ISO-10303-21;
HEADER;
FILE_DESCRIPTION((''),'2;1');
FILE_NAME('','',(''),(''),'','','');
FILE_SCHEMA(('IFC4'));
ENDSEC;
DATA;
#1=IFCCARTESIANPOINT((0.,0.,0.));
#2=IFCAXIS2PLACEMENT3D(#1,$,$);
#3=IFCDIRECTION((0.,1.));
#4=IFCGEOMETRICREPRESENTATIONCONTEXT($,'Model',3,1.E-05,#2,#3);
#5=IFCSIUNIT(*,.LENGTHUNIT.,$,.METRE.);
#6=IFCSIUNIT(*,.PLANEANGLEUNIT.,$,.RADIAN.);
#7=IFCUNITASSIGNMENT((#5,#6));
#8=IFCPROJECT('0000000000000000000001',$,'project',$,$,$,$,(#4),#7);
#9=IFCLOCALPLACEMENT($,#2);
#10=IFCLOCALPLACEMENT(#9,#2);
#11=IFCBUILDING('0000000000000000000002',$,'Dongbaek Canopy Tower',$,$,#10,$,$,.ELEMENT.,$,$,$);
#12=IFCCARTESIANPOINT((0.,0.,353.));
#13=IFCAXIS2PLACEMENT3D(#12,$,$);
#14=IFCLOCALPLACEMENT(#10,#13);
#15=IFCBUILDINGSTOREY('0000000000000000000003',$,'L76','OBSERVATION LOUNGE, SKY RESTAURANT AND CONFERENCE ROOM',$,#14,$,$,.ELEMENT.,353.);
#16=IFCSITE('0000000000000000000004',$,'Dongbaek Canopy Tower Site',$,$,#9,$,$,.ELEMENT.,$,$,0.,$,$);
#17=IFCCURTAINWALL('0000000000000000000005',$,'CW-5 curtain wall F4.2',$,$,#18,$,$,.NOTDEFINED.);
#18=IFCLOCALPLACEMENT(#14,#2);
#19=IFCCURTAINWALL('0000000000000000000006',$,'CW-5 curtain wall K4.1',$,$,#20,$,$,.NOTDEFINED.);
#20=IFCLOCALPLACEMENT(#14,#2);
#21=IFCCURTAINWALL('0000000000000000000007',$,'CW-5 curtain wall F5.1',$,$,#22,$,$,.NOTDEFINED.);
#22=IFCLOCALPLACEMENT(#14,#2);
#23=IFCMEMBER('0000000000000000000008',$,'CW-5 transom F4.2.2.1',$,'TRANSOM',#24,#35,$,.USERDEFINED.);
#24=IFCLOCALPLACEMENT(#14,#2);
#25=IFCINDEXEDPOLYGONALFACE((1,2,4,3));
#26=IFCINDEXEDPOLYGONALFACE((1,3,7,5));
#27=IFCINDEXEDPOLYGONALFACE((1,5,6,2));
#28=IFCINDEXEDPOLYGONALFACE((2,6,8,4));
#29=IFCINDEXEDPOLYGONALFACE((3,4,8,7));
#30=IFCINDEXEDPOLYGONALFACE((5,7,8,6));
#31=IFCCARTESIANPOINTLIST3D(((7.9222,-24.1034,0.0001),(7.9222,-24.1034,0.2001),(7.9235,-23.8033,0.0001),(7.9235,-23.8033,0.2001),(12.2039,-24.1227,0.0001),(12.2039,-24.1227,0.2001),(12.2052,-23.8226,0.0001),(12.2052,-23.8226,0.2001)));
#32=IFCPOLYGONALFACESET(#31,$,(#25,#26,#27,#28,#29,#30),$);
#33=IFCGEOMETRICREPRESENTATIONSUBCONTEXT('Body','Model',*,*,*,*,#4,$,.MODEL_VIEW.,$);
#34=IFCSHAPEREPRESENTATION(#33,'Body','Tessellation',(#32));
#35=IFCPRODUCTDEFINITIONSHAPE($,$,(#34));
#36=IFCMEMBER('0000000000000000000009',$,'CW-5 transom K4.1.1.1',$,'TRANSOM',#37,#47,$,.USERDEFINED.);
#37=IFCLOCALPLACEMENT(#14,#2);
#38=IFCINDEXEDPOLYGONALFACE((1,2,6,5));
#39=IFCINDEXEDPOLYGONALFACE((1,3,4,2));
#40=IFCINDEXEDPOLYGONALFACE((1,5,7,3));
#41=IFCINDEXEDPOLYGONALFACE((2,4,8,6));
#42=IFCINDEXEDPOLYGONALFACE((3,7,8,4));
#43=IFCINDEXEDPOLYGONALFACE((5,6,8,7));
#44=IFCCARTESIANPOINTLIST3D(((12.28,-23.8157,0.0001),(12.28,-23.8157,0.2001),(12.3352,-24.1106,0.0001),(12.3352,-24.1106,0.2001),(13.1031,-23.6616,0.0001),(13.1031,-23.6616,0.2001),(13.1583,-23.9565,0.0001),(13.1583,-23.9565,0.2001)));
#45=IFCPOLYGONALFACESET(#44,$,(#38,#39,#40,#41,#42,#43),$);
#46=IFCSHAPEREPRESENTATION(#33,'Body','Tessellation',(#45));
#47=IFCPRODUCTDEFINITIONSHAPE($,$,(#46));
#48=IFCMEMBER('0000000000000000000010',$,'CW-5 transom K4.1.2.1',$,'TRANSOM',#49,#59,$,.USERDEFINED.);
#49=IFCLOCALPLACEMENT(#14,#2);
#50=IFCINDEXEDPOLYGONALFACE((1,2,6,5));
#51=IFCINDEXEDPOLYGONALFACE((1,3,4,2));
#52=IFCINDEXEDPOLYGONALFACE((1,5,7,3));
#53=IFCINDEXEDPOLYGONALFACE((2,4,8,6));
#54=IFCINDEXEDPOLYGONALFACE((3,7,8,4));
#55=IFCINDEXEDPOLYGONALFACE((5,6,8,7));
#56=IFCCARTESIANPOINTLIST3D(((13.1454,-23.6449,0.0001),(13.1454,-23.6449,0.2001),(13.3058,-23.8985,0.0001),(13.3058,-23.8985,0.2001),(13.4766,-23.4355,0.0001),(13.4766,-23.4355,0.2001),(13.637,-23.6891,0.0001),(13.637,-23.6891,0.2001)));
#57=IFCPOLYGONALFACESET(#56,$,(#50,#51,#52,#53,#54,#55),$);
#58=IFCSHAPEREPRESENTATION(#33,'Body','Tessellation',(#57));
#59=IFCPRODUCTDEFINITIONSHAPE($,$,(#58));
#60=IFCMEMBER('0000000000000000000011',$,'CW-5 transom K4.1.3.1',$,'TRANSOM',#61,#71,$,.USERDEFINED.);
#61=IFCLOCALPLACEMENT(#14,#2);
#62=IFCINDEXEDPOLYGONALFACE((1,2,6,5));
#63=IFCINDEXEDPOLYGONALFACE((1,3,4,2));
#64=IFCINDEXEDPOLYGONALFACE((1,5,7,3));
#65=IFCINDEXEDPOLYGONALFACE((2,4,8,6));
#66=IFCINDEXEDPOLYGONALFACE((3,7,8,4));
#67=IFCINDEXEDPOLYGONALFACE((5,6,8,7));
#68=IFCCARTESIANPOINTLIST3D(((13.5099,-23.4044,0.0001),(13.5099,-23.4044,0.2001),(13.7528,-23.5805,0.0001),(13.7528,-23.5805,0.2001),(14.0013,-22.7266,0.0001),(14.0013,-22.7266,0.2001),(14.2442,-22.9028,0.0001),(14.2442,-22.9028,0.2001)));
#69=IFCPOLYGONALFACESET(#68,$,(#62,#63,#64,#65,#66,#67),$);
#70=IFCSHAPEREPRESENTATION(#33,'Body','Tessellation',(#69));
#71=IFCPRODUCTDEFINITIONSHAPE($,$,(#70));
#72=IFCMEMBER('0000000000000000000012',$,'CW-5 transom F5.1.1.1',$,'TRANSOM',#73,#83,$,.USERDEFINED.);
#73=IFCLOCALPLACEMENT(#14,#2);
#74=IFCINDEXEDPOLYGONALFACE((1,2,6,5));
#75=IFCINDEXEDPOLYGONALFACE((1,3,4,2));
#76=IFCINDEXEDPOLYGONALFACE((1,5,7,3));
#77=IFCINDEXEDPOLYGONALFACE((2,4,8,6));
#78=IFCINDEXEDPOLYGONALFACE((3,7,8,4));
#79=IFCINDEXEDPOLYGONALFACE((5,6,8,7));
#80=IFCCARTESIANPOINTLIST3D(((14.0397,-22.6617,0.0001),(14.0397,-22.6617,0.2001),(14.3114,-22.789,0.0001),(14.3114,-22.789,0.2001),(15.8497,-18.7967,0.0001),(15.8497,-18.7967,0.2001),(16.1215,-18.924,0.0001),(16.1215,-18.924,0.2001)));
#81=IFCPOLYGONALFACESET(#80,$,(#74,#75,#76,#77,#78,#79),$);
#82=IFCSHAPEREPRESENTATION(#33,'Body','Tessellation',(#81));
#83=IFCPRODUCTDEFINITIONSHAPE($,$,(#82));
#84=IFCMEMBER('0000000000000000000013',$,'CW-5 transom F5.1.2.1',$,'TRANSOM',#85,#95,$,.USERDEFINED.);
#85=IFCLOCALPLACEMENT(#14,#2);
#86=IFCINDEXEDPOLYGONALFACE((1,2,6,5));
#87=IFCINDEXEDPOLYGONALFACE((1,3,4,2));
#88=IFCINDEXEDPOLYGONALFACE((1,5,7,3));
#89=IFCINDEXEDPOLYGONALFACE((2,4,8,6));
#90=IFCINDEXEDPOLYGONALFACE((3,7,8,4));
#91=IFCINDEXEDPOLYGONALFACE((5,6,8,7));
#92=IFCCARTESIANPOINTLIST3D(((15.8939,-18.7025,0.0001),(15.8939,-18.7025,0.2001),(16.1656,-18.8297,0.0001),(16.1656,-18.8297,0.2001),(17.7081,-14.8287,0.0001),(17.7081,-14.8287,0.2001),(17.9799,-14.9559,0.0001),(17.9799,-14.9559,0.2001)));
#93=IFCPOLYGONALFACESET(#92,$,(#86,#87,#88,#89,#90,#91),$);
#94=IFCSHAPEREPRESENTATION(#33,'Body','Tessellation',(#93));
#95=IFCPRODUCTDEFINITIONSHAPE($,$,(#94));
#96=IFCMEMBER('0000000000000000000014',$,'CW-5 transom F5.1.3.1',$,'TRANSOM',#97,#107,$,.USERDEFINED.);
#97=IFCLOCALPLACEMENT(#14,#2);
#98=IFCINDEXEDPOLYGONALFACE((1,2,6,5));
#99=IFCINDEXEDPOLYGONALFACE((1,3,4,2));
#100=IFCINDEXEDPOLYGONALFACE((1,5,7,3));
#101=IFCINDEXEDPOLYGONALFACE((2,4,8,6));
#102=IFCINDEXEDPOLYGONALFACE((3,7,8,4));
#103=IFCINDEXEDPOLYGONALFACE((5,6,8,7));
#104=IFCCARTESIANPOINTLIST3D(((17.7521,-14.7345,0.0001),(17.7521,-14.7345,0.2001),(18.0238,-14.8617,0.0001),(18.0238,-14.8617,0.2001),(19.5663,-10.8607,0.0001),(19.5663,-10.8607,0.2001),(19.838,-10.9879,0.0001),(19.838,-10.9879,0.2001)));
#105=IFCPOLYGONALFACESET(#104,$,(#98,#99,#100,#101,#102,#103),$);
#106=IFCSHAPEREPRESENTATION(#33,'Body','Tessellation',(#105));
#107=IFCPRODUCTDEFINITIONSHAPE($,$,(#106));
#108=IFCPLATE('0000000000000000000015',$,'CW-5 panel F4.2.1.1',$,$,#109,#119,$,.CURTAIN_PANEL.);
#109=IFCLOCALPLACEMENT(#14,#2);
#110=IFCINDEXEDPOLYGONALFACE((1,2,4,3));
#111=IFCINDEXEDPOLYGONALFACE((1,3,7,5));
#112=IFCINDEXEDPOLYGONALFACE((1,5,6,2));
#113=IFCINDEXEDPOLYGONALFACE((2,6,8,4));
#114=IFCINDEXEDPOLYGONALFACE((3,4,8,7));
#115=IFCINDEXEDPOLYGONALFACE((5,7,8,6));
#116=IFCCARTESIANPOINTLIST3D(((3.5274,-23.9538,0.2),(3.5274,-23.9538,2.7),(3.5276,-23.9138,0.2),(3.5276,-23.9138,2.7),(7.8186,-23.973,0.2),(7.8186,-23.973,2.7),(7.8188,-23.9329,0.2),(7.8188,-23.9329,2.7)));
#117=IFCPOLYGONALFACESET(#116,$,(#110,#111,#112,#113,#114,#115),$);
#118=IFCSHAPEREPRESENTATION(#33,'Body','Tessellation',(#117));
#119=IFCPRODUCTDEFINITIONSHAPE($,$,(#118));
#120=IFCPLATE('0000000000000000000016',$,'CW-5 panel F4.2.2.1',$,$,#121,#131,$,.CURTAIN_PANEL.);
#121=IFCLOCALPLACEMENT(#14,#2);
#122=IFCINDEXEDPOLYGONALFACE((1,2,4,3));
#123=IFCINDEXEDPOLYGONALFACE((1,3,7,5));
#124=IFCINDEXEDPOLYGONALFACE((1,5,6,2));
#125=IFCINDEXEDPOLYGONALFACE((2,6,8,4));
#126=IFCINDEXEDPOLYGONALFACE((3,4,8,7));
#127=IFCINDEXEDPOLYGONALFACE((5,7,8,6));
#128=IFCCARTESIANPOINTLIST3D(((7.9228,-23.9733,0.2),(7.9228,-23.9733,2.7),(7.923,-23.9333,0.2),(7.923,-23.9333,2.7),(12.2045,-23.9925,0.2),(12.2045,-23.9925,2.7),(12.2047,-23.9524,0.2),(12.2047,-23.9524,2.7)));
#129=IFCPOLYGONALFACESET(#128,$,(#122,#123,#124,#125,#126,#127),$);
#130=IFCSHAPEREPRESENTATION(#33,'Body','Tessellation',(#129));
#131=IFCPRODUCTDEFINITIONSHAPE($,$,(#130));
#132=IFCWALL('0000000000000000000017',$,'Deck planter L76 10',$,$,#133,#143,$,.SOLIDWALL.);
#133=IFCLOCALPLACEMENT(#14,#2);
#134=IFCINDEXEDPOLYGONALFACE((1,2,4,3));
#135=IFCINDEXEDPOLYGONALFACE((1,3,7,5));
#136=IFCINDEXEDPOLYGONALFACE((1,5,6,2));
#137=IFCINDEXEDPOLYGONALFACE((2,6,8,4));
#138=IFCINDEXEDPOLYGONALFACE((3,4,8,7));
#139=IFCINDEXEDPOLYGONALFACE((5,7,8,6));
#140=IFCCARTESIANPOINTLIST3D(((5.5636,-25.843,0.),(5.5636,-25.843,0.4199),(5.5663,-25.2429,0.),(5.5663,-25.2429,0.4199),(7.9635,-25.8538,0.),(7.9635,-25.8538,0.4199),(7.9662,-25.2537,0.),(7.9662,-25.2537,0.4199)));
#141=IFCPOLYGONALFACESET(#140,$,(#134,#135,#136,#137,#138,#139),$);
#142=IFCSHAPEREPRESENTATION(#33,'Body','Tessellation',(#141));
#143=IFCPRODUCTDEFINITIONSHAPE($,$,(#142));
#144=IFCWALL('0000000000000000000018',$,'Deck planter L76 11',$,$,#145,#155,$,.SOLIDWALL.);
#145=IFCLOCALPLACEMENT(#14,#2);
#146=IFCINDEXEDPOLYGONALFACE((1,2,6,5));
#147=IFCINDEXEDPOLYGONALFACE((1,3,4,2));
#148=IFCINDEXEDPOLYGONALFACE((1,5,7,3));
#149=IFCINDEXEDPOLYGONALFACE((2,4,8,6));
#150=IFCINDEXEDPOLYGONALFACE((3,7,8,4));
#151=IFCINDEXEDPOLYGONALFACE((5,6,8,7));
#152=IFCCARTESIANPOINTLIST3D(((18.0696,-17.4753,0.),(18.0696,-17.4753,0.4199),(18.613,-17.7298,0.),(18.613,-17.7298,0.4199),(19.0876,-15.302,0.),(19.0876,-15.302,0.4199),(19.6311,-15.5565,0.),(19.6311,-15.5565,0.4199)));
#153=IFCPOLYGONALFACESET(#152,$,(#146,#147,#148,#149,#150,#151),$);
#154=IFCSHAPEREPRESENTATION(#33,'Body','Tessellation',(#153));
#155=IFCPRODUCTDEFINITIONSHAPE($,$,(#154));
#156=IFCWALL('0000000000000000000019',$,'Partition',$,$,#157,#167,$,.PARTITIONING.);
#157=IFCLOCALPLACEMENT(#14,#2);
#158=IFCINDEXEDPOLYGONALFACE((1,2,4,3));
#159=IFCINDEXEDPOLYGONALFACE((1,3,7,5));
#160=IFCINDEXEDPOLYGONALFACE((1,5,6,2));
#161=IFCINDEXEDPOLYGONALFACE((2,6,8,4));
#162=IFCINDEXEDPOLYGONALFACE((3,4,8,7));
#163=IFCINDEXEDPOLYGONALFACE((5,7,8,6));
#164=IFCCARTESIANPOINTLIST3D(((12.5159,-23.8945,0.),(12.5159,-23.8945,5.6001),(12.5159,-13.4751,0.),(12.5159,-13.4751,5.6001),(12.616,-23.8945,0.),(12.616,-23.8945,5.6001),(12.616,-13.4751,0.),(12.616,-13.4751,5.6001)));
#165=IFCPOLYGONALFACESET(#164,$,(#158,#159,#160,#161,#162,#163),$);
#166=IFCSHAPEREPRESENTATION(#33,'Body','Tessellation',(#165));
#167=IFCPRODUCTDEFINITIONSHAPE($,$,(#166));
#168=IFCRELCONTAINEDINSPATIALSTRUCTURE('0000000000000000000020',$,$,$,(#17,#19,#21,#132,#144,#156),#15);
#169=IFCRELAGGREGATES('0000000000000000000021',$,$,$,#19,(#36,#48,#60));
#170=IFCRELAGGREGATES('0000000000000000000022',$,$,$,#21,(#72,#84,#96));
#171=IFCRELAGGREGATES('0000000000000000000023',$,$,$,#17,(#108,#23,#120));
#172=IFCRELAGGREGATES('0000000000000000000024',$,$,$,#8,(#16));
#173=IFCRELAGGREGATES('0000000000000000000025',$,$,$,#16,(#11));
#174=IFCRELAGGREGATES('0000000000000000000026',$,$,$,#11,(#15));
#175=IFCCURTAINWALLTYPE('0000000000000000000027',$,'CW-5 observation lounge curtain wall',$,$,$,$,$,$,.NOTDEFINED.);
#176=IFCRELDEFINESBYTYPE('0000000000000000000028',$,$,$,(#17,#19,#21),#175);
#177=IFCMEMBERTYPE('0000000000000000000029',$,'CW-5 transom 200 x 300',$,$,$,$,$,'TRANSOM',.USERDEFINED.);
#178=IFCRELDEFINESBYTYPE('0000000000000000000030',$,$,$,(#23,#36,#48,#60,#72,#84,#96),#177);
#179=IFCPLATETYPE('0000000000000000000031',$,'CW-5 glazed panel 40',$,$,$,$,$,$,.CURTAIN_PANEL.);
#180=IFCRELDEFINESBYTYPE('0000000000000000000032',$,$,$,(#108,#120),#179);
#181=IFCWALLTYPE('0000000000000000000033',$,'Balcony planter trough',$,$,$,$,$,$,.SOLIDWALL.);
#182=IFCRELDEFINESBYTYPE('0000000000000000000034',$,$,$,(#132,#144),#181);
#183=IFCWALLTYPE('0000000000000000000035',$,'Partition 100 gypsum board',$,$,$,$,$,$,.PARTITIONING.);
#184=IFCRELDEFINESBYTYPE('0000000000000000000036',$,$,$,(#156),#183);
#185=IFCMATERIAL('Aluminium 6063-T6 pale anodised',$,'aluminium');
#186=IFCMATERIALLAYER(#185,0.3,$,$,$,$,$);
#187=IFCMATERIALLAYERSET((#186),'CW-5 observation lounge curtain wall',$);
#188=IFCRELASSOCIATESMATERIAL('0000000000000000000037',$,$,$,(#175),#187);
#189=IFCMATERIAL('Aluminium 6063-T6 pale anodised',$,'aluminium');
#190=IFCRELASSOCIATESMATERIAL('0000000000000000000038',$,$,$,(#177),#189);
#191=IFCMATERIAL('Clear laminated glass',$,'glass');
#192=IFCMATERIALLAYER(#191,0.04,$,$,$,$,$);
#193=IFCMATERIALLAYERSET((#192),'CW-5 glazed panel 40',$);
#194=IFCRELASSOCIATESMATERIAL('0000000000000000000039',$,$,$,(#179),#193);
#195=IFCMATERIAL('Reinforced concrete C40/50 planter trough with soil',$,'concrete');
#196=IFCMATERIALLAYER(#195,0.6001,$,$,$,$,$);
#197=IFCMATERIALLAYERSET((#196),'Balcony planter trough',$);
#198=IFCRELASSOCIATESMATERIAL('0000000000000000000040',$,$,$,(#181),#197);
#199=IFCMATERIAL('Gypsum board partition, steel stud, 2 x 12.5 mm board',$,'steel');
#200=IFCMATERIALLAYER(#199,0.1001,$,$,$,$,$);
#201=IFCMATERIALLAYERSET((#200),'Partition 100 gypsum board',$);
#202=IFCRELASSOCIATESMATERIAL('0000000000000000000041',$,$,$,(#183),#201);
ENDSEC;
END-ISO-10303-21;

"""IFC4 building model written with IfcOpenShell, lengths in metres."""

from ifc_helpers import new_model, si_unit, direction, frame, frame_2d, origin, origin_2d, place, context, subcontext, project, spatial, rectangle, extrude, material, layer, layer_set, material_profile, profile_set, type_object, element, aggregate, save


model = new_model("IFC4")

# Units and contexts
model_context = context("Model", 3, precision=1e-05, world=origin(), true_north=direction((0.0, 1.0)))
body_context = subcontext(model_context, "Body", "Model", "MODEL_VIEW")
ifc_project = project(units=[si_unit("LENGTHUNIT", "METRE"), si_unit("PLANEANGLEUNIT", "RADIAN")], contexts=[model_context])

# Site, building, storey
site_placement = place(None, origin())
site = spatial("IfcSite", under=ifc_project, at=site_placement, Name="Dongbaek Canopy Tower Site", CompositionType="ELEMENT", RefElevation=0.0)
building_placement = place(site_placement, origin())
building = spatial("IfcBuilding", under=site, at=building_placement, Name="Dongbaek Canopy Tower", CompositionType="ELEMENT")
storey_placement = place(building_placement, frame((0.0, 0.0, 353.0)))
storey = spatial("IfcBuildingStorey", under=building, at=storey_placement, Name="L76", Description="OBSERVATION LOUNGE, SKY RESTAURANT AND CONFERENCE ROOM", CompositionType="ELEMENT", Elevation=353.0)

# Curtain walls
ifc_material_1 = material(Name="Aluminium 6063-T6 pale anodised", Category="aluminium")
ifc_layer_1 = layer(ifc_material_1, 0.3)
ifc_layer_set_1 = layer_set([ifc_layer_1], Name="CW-5 observation lounge curtain wall")
curtain_wall_type = type_object("IfcCurtainWallType", Name="CW-5 observation lounge curtain wall", PredefinedType="NOTDEFINED", material=ifc_layer_set_1)
curtain_wall_1_placement = place(storey_placement, origin())
curtain_wall_1 = element("IfcCurtainWall", 1, at=curtain_wall_1_placement, inside=storey, type_object=curtain_wall_type, Name="CW-5 curtain wall F4.2", PredefinedType="NOTDEFINED")
curtain_wall_2_placement = place(storey_placement, origin())
curtain_wall_2 = element("IfcCurtainWall", 2, at=curtain_wall_2_placement, inside=storey, type_object=curtain_wall_type, Name="CW-5 curtain wall K4.1", PredefinedType="NOTDEFINED")
curtain_wall_3_placement = place(storey_placement, origin())
curtain_wall_3 = element("IfcCurtainWall", 3, at=curtain_wall_3_placement, inside=storey, type_object=curtain_wall_type, Name="CW-5 curtain wall F5.1", PredefinedType="NOTDEFINED")

# Members
ifc_material_2 = material(Name="Aluminium 6063-T6 pale anodised", Category="aluminium")
ifc_material_profile_1 = material_profile(ifc_material_2, rectangle(XDim=0.3, YDim=0.2, at=origin_2d()), Name="CW-5 transom 200 x 300")
ifc_profile_set_1 = profile_set([ifc_material_profile_1], Name="Aluminium 6063-T6 pale anodised")
member_type_1 = type_object("IfcMemberType", Name="CW-5 transom 200 x 300", ElementType="TRANSOM", PredefinedType="USERDEFINED", material=ifc_profile_set_1)
member_1_placement = place(storey_placement, frame((7.9229, -23.9534, 0.1001), z_axis=(0.99999, -0.004504, 0.0), x_axis=(0.004504, 0.99999, 0.0)))
member_1 = element("IfcMember", 4, at=member_1_placement, type_object=member_type_1, Name="CW-5 transom F4.2.2.1", ObjectType="TRANSOM", PredefinedType="USERDEFINED", context=body_context, shape_type="SweptSolid", body=[
    extrude(rectangle(XDim=0.3, YDim=0.2, at=origin_2d()), origin(), (0.0, 0.0, 1.0), 4.2817),
])
member_2_placement = place(storey_placement, frame((12.3076, -23.9631, 0.1001), z_axis=(0.982928, 0.183989, 0.0), x_axis=(-0.183989, 0.982928, 0.0)))
member_2 = element("IfcMember", 5, at=member_2_placement, type_object=member_type_1, Name="CW-5 transom K4.1.1.1", ObjectType="TRANSOM", PredefinedType="USERDEFINED", context=body_context, shape_type="SweptSolid", body=[
    extrude(rectangle(XDim=0.3, YDim=0.2, at=origin_2d()), origin(), (0.0, 0.0, 1.0), 0.8374),
])
member_3_placement = place(storey_placement, frame((13.2256, -23.7717, 0.1001), z_axis=(0.845222, 0.534415, 0.0), x_axis=(-0.534415, 0.845222, 0.0)))
member_3 = element("IfcMember", 6, at=member_3_placement, type_object=member_type_1, Name="CW-5 transom K4.1.2.1", ObjectType="TRANSOM", PredefinedType="USERDEFINED", context=body_context, shape_type="SweptSolid", body=[
    extrude(rectangle(XDim=0.3, YDim=0.2, at=origin_2d()), origin(), (0.0, 0.0, 1.0), 0.3918),
])
member_4_placement = place(storey_placement, frame((13.6313, -23.4924, 0.1001), z_axis=(0.587044, 0.809555, 0.0), x_axis=(-0.809555, 0.587044, 0.0)))
member_4 = element("IfcMember", 7, at=member_4_placement, type_object=member_type_1, Name="CW-5 transom K4.1.3.1", ObjectType="TRANSOM", PredefinedType="USERDEFINED", context=body_context, shape_type="SweptSolid", body=[
    extrude(rectangle(XDim=0.3, YDim=0.2, at=origin_2d()), origin(), (0.0, 0.0, 1.0), 0.8372),
])
aggregate(curtain_wall_2, [member_2, member_3, member_4])
member_5_placement = place(storey_placement, frame((14.1755, -22.7253, 0.1001), z_axis=(0.424116, 0.905608, 0.0), x_axis=(-0.905608, 0.424116, 0.0)))
member_5 = element("IfcMember", 8, at=member_5_placement, type_object=member_type_1, Name="CW-5 transom F5.1.1.1", ObjectType="TRANSOM", PredefinedType="USERDEFINED", context=body_context, shape_type="SweptSolid", body=[
    extrude(rectangle(XDim=0.3, YDim=0.2, at=origin_2d()), origin(), (0.0, 0.0, 1.0), 4.2678),
])
member_6_placement = place(storey_placement, frame((16.0298, -18.7661, 0.1001), z_axis=(0.424122, 0.905605, 0.0), x_axis=(-0.905605, 0.424122, 0.0)))
member_6 = element("IfcMember", 9, at=member_6_placement, type_object=member_type_1, Name="CW-5 transom F5.1.2.1", ObjectType="TRANSOM", PredefinedType="USERDEFINED", context=body_context, shape_type="SweptSolid", body=[
    extrude(rectangle(XDim=0.3, YDim=0.2, at=origin_2d()), origin(), (0.0, 0.0, 1.0), 4.2776),
])
member_7_placement = place(storey_placement, frame((17.8879, -14.7981, 0.1001), z_axis=(0.424122, 0.905605, 0.0), x_axis=(-0.905605, 0.424122, 0.0)))
member_7 = element("IfcMember", 10, at=member_7_placement, type_object=member_type_1, Name="CW-5 transom F5.1.3.1", ObjectType="TRANSOM", PredefinedType="USERDEFINED", context=body_context, shape_type="SweptSolid", body=[
    extrude(rectangle(XDim=0.3, YDim=0.2, at=origin_2d()), origin(), (0.0, 0.0, 1.0), 4.2776),
])
aggregate(curtain_wall_3, [member_5, member_6, member_7])

# Plates
ifc_material_3 = material(Name="Clear laminated glass", Category="glass")
ifc_layer_2 = layer(ifc_material_3, 0.04)
ifc_layer_set_2 = layer_set([ifc_layer_2], Name="CW-5 glazed panel 40")
plate_type = type_object("IfcPlateType", Name="CW-5 glazed panel 40", PredefinedType="CURTAIN_PANEL", material=ifc_layer_set_2)
plate_1_placement = place(storey_placement, frame((5.6731, -23.9434, 0.2), z_axis=(0.0, 0.0, 1.0), x_axis=(0.99999, -0.004466, 0.0)))
plate_1 = element("IfcPlate", 11, at=plate_1_placement, type_object=plate_type, Name="CW-5 panel F4.2.1.1", PredefinedType="CURTAIN_PANEL", context=body_context, shape_type="SweptSolid", body=[
    extrude(rectangle(XDim=4.2913, YDim=0.04, at=origin_2d()), origin(), (0.0, 0.0, 1.0), 2.5),
])
plate_2_placement = place(storey_placement, frame((10.0637, -23.9629, 0.2), z_axis=(0.0, 0.0, 1.0), x_axis=(0.99999, -0.004466, 0.0)))
plate_2 = element("IfcPlate", 12, at=plate_2_placement, type_object=plate_type, Name="CW-5 panel F4.2.2.1", PredefinedType="CURTAIN_PANEL", context=body_context, shape_type="SweptSolid", body=[
    extrude(rectangle(XDim=4.2817, YDim=0.04, at=origin_2d()), origin(), (0.0, 0.0, 1.0), 2.5),
])
aggregate(curtain_wall_1, [plate_1, member_1, plate_2])

# Walls
ifc_material_4 = material(Name="Reinforced concrete C40/50 planter trough with soil", Category="concrete")
ifc_layer_3 = layer(ifc_material_4, 0.6001)
ifc_layer_set_3 = layer_set([ifc_layer_3], Name="Balcony planter trough")
wall_type_1 = type_object("IfcWallType", Name="Balcony planter trough", PredefinedType="SOLIDWALL", material=ifc_layer_set_3)
for number, where, z_axis, x_axis, name in (
    (13, (5.5649, -25.543, 0.0), (0.0, 0.0, 1.0), (0.99999, -0.004476, 0.0), "Deck planter L76 10"),
    (14, (18.3413, -17.6025, 0.0), (0.0, 0.0, 1.0), (0.424199, 0.905569, 0.0), "Deck planter L76 11"),
):
    element("IfcWall", number, at=place(storey_placement, frame(where, z_axis=z_axis, x_axis=x_axis)), inside=storey, type_object=wall_type_1, Name=name, PredefinedType="SOLIDWALL", context=body_context, shape_type="SweptSolid", body=[
        extrude(rectangle(XDim=2.3999, YDim=0.6001, at=frame_2d((1.2, 0.0))), origin(), (0.0, 0.0, 1.0), 0.4199),
    ])

# Wall
ifc_material_5 = material(Name="Gypsum board partition, steel stud, 2 x 12.5 mm board", Category="steel")
ifc_layer_4 = layer(ifc_material_5, 0.1001)
ifc_layer_set_4 = layer_set([ifc_layer_4], Name="Partition 100 gypsum board")
wall_type_2 = type_object("IfcWallType", Name="Partition 100 gypsum board", PredefinedType="PARTITIONING", material=ifc_layer_set_4)
wall_1_placement = place(storey_placement, frame((12.5659, -23.8945, 0.0), z_axis=(0.0, 0.0, 1.0), x_axis=(0.0, 1.0, 0.0)))
element("IfcWall", 15, at=wall_1_placement, inside=storey, type_object=wall_type_2, Name="Partition", PredefinedType="PARTITIONING", context=body_context, shape_type="SweptSolid", body=[
    extrude(rectangle(XDim=10.4194, YDim=0.1001, at=frame_2d((5.2097, 0.0))), origin(), (0.0, 0.0, 1.0), 5.6001),
])

save(model, "model.ifc")
